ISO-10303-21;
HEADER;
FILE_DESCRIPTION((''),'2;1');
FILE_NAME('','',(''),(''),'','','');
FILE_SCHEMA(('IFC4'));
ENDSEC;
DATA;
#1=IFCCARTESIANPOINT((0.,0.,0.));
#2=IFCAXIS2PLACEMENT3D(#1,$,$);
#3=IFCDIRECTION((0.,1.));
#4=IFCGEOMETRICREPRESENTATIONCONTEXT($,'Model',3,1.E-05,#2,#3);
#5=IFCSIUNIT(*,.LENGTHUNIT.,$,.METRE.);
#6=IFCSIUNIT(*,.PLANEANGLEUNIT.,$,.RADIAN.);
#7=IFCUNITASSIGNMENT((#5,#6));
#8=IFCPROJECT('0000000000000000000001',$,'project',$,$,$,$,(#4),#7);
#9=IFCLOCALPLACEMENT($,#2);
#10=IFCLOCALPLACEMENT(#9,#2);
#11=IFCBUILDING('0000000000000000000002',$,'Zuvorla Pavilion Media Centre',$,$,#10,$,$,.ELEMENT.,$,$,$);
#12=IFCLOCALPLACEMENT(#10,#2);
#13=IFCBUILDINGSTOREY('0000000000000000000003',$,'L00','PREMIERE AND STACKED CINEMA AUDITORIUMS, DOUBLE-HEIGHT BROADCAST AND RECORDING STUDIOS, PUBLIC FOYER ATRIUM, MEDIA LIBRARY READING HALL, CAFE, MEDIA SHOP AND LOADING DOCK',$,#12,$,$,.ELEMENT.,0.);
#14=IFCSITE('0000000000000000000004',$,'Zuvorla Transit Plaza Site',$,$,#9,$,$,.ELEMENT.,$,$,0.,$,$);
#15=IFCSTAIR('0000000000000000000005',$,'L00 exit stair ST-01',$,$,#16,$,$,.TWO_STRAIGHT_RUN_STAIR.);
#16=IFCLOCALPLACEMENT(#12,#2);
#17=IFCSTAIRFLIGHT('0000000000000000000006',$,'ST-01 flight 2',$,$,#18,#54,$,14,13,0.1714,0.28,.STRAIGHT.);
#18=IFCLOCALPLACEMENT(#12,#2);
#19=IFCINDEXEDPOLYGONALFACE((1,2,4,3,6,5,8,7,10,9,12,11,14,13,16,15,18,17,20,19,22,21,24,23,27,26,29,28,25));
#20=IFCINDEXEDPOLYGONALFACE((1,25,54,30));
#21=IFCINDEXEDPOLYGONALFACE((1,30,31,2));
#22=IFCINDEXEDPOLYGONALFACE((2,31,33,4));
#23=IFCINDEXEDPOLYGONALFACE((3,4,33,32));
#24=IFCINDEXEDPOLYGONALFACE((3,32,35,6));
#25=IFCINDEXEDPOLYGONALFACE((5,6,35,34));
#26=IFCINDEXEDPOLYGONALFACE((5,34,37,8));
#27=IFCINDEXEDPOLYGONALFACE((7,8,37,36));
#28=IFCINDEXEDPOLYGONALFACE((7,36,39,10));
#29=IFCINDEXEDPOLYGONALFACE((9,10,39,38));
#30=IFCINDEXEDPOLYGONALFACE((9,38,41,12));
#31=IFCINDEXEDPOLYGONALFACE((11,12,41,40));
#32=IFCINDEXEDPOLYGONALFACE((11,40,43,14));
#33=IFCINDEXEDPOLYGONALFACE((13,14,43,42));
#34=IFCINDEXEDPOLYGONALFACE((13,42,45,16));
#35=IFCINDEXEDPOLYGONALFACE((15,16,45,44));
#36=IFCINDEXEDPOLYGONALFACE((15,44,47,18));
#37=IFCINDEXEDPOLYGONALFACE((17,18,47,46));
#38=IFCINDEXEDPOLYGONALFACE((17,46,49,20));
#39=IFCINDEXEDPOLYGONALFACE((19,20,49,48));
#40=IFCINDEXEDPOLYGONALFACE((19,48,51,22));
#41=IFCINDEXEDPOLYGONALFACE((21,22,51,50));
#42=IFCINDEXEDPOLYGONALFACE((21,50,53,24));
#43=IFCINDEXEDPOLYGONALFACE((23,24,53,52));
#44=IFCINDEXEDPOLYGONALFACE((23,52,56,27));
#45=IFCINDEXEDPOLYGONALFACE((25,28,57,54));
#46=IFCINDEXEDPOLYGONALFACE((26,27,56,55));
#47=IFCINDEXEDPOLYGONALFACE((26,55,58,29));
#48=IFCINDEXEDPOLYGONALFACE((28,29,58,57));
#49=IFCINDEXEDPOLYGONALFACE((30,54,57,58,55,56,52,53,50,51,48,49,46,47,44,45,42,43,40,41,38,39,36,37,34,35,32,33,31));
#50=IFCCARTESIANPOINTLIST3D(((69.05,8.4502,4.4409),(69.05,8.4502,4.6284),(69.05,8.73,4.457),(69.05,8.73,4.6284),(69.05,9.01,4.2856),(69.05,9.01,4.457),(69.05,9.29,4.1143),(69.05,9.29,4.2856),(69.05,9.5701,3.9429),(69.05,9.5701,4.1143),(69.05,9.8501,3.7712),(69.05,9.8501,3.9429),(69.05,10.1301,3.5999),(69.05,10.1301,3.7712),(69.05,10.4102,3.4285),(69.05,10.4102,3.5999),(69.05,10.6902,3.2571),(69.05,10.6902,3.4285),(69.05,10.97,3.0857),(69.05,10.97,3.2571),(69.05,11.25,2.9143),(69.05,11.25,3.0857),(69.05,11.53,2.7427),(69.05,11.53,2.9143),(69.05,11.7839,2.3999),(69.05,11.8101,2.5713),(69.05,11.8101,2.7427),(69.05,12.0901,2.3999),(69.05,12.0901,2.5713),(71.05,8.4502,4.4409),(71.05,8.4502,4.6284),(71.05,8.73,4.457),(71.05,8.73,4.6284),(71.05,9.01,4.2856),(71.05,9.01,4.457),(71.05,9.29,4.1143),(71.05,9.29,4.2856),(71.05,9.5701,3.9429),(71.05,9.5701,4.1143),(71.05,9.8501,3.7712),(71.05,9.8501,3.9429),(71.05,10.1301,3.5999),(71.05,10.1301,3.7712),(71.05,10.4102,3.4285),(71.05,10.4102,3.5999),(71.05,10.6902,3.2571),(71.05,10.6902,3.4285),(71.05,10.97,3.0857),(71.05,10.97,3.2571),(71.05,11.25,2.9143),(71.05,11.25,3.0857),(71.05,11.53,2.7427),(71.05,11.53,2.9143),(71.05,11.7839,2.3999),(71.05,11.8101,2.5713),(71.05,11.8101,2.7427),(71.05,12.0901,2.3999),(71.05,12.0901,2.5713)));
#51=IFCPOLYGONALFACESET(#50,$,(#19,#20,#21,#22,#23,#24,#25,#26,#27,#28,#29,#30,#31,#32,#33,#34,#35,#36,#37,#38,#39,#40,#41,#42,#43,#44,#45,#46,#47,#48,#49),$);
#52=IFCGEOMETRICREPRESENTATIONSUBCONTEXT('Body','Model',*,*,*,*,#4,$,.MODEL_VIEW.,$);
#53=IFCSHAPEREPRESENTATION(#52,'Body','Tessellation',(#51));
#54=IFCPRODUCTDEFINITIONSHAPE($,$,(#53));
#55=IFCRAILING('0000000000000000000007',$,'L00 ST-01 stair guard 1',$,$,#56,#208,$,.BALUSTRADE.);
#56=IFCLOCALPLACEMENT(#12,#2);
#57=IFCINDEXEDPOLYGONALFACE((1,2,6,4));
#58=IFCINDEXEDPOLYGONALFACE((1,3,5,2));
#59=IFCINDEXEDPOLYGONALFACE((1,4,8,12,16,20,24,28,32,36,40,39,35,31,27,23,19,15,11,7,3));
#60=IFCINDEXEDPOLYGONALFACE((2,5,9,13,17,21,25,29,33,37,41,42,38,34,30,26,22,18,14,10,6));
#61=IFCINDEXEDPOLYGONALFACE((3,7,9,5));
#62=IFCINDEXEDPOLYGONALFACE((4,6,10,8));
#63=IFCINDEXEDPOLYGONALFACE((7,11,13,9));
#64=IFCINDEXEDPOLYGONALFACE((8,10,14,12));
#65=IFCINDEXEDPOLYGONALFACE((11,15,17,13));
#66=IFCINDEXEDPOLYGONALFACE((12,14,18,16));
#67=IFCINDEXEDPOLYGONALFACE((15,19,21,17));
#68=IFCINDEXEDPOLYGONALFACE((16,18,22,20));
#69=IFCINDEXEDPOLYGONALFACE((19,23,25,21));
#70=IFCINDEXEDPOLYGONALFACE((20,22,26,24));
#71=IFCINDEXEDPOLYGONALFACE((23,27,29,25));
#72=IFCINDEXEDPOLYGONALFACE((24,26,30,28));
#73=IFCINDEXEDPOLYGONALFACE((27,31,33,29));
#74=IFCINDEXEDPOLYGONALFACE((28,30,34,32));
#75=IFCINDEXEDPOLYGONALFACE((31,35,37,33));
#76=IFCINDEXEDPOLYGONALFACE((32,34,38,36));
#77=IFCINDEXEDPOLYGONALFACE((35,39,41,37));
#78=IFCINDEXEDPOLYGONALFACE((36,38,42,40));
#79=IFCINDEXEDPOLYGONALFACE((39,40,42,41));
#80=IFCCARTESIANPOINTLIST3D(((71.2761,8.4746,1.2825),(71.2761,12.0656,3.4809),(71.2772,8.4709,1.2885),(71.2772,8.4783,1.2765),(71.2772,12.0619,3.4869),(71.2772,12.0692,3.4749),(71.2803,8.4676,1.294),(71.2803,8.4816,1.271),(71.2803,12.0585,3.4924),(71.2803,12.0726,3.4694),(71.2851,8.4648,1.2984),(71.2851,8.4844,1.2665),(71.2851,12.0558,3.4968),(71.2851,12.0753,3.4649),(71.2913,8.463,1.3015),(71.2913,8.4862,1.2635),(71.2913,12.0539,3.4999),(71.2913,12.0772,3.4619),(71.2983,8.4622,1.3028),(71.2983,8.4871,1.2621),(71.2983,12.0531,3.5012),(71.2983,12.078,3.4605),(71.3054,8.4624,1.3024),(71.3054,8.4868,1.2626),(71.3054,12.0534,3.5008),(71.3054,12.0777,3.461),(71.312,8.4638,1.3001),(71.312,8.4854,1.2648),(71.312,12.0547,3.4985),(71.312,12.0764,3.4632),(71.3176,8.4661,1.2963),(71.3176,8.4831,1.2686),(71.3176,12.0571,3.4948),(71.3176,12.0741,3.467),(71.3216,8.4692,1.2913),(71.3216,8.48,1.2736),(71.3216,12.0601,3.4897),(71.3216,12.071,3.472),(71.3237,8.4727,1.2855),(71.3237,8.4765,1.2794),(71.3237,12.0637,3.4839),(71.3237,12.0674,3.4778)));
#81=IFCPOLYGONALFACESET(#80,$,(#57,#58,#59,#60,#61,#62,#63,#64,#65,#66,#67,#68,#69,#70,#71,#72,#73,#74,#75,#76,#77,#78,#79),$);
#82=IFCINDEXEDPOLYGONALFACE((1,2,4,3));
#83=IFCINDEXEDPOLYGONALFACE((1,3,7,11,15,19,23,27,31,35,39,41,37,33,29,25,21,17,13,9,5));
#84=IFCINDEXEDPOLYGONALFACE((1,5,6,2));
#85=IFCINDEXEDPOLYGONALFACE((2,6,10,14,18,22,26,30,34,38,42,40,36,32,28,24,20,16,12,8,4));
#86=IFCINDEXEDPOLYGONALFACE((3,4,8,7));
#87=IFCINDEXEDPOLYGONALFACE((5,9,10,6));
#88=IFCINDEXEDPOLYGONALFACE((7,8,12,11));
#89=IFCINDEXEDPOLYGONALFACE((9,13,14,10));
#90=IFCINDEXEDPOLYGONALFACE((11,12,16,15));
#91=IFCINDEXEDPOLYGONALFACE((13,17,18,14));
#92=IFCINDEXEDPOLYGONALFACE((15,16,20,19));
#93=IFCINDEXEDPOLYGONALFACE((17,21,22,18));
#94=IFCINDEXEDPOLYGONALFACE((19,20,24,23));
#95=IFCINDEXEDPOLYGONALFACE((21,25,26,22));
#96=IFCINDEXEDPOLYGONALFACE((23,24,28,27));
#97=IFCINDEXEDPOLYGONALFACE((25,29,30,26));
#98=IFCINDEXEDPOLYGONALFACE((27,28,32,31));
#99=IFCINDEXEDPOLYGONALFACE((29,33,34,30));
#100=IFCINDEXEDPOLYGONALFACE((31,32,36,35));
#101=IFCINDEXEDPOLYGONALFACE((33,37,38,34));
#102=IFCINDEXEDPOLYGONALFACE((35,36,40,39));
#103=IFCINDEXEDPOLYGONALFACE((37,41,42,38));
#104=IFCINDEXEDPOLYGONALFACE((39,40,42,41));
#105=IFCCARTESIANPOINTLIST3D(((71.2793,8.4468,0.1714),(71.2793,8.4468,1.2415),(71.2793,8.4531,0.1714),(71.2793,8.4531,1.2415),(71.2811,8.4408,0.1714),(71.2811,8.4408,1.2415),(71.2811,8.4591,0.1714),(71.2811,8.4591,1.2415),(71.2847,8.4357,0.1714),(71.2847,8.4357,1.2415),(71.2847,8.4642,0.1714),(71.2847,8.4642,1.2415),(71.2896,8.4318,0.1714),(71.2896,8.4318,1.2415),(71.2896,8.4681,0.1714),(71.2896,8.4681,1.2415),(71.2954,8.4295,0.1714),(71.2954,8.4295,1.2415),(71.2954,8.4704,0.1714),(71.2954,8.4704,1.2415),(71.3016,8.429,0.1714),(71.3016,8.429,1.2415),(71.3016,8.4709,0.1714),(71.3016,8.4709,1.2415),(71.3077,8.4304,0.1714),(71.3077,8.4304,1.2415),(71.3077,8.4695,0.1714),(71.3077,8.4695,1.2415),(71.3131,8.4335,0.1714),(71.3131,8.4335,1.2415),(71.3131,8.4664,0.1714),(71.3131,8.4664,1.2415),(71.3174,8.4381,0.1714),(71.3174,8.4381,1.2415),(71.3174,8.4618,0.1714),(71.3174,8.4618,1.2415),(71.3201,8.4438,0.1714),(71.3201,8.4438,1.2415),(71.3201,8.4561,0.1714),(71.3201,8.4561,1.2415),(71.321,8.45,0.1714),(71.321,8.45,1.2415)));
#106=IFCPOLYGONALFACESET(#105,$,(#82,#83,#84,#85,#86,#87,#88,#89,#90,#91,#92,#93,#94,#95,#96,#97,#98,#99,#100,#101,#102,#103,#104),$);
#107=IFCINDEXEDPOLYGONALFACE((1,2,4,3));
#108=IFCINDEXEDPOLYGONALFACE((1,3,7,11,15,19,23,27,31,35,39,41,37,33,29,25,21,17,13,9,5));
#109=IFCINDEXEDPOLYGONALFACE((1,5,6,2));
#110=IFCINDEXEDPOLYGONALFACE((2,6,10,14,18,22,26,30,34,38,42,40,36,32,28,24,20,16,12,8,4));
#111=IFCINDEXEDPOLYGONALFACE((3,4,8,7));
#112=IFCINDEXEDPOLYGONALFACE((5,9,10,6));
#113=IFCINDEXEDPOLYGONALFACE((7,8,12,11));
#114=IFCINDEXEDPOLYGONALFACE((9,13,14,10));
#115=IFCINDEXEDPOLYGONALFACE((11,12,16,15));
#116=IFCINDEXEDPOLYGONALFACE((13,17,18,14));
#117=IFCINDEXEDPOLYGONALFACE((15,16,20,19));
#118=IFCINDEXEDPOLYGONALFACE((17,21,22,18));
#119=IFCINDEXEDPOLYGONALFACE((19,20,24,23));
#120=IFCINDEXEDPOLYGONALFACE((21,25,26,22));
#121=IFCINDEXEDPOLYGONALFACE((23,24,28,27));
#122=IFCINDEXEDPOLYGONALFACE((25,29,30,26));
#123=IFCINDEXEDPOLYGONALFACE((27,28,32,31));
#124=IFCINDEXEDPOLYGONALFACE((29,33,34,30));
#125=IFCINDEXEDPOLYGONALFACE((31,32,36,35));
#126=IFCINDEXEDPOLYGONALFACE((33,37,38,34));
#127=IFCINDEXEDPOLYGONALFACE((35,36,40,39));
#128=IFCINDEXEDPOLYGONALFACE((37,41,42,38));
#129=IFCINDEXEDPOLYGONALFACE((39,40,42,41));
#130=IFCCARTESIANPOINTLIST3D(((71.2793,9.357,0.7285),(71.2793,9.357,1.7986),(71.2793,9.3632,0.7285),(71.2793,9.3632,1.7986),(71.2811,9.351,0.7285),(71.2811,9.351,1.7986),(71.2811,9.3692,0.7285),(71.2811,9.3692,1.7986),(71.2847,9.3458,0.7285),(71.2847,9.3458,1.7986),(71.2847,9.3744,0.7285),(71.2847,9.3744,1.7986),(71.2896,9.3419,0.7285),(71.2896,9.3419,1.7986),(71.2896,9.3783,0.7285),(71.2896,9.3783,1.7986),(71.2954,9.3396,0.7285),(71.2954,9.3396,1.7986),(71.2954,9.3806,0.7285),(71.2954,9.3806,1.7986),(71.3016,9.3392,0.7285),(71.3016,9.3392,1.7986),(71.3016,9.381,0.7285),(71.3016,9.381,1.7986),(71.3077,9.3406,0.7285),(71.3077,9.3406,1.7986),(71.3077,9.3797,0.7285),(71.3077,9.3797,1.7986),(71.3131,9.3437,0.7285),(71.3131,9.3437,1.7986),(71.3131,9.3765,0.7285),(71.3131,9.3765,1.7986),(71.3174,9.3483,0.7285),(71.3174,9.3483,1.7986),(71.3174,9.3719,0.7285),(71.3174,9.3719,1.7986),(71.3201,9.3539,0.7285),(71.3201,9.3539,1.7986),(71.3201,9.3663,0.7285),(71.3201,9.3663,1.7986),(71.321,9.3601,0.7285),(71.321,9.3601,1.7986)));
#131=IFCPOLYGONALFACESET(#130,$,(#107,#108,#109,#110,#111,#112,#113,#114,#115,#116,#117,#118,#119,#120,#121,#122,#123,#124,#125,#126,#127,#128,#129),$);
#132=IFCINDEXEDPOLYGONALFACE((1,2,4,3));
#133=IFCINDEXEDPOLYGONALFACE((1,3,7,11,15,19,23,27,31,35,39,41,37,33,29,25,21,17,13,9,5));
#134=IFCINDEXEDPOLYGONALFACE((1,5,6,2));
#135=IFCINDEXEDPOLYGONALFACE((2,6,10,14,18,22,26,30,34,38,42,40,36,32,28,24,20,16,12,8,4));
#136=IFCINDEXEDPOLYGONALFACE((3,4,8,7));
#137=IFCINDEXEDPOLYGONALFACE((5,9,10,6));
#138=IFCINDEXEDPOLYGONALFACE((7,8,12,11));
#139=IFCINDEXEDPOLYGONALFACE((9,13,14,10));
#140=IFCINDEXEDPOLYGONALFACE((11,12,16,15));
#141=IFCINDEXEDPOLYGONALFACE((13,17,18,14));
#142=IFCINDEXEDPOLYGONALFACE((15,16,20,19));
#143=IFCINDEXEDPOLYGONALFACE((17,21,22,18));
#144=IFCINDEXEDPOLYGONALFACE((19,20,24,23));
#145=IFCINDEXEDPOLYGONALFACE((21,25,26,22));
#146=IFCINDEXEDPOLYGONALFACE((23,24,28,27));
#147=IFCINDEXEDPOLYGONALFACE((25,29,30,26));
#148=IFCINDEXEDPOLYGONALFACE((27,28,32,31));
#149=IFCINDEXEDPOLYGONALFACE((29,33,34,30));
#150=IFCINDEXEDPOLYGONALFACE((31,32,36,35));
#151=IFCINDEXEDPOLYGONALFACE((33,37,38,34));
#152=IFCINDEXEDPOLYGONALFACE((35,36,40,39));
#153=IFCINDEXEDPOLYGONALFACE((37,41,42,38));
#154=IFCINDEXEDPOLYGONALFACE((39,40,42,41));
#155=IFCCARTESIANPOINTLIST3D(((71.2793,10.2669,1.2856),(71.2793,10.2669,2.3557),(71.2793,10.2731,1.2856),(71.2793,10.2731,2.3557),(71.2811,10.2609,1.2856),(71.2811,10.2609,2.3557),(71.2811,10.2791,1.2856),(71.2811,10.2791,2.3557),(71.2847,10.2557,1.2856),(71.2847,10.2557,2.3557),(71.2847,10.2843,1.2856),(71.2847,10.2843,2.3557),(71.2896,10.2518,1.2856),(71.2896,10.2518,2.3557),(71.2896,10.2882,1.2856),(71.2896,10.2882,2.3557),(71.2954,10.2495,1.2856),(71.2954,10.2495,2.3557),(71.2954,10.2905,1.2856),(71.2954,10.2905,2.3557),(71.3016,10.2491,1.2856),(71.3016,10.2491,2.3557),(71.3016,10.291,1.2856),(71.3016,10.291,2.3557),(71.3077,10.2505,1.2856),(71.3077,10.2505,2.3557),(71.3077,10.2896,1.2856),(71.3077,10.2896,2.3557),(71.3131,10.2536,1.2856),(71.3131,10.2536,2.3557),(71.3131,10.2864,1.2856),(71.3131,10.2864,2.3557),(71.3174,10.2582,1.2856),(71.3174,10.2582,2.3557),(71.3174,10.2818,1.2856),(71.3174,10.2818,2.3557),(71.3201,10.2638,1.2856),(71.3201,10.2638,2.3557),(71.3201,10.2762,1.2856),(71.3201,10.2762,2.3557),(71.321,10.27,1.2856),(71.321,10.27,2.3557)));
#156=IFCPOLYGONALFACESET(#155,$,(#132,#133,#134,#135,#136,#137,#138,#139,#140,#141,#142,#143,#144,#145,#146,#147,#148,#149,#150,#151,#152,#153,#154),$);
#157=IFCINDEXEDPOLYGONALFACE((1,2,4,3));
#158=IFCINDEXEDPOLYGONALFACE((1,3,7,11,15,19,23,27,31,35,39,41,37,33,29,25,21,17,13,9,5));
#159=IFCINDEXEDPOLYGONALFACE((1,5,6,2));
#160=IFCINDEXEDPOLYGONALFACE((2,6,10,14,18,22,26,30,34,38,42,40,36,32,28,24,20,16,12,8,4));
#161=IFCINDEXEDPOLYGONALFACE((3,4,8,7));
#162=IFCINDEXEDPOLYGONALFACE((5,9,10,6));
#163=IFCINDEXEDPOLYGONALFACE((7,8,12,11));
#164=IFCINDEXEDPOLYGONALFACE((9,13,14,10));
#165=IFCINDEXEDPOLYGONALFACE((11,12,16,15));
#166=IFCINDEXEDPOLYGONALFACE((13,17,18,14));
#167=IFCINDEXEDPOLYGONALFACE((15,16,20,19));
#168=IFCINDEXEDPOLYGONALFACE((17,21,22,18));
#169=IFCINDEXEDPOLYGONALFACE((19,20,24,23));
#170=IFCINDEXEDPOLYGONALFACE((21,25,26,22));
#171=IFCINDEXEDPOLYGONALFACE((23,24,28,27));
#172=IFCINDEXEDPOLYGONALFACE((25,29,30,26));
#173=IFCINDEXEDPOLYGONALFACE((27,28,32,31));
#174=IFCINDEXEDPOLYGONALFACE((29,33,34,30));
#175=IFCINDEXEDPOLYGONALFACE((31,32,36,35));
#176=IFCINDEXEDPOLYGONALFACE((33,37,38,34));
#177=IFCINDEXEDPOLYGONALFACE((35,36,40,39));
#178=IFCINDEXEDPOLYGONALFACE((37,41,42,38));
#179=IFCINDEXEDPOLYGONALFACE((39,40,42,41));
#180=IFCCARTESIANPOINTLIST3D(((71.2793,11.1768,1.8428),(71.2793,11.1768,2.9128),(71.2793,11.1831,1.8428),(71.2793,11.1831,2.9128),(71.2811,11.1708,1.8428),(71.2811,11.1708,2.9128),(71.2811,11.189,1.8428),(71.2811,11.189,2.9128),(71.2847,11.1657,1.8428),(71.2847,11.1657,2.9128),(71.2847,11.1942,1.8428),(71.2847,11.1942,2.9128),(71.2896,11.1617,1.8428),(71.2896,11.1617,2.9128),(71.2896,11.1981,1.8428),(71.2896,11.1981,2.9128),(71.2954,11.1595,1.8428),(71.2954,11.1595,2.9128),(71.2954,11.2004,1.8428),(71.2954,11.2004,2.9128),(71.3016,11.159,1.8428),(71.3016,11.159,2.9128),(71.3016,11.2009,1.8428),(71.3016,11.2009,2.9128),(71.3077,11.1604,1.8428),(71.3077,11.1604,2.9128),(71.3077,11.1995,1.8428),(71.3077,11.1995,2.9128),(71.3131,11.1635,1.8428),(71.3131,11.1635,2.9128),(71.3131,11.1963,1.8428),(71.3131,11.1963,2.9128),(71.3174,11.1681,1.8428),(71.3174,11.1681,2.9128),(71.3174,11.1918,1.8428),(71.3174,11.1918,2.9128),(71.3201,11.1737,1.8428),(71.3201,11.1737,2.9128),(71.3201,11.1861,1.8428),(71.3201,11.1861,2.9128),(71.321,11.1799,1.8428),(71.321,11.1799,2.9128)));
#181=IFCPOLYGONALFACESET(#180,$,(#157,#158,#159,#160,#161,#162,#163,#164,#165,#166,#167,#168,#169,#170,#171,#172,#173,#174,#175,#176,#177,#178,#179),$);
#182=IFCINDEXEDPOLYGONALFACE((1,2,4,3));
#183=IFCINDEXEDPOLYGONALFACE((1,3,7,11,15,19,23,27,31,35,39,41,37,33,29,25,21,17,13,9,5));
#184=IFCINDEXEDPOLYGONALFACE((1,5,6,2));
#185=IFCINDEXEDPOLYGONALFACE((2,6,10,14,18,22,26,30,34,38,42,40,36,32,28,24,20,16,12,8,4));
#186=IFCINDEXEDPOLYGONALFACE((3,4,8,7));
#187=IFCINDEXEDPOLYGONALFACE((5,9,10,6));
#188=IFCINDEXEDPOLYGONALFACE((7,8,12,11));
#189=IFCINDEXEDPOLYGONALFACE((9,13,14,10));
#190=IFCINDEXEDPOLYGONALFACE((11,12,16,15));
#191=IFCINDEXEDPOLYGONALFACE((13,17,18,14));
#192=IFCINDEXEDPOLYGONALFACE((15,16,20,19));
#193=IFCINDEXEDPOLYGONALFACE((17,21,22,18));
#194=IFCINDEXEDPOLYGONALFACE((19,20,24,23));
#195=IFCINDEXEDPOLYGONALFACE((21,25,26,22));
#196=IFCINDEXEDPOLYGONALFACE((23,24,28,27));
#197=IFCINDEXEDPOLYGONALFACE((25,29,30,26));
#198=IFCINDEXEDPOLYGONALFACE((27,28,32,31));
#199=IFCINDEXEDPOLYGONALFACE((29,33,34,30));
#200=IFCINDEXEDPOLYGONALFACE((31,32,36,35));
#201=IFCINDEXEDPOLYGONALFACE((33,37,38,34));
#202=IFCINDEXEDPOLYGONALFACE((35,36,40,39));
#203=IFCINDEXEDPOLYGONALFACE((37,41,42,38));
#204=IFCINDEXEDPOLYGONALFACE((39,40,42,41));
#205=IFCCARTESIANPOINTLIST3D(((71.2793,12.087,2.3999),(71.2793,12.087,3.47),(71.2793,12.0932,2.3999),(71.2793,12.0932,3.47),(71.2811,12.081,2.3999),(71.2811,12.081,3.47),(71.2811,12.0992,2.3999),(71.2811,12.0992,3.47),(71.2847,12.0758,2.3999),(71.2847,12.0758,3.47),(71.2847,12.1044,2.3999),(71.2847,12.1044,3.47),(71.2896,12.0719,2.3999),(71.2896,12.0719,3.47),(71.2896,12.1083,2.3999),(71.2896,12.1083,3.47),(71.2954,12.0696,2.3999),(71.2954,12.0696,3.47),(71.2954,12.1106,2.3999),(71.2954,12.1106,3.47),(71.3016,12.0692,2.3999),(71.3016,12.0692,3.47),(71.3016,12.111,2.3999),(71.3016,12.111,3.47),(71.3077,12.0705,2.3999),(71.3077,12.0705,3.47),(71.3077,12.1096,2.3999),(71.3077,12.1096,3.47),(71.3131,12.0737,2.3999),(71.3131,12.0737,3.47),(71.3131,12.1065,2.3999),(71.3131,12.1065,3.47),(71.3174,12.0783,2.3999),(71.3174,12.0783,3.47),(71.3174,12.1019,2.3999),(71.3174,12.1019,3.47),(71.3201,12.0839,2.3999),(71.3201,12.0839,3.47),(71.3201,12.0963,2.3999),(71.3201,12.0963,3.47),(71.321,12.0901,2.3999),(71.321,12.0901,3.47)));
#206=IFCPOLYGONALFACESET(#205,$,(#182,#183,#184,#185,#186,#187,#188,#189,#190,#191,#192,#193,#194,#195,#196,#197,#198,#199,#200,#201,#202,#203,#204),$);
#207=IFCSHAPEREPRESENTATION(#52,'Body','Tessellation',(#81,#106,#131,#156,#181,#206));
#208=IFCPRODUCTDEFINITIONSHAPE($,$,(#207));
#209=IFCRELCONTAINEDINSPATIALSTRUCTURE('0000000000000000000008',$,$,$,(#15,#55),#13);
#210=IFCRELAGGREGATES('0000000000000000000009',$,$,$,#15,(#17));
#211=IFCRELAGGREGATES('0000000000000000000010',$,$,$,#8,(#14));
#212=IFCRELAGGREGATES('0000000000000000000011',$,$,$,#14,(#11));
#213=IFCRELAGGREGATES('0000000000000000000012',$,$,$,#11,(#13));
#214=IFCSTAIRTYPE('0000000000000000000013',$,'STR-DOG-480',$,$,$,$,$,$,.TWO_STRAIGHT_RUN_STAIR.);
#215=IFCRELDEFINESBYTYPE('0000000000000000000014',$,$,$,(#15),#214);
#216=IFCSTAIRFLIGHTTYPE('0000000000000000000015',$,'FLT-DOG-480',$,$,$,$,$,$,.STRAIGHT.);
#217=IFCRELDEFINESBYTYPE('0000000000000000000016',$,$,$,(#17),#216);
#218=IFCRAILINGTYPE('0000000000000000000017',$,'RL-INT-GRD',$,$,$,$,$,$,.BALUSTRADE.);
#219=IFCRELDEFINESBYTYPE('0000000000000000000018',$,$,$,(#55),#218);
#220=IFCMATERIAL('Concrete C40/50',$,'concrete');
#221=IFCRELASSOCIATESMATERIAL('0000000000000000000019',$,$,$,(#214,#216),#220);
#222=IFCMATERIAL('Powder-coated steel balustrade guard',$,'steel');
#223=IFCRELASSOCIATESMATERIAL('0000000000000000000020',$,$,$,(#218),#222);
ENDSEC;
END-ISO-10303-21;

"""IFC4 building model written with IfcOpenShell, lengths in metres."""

from ifc_helpers import new_model, si_unit, direction, frame, origin, origin_2d, place, context, subcontext, project, spatial, polyline, circle, outline, extrude, material, type_object, element, aggregate, save


model = new_model("IFC4")

# Units and contexts
model_context = context("Model", 3, precision=1e-05, world=origin(), true_north=direction((0.0, 1.0)))
body_context = subcontext(model_context, "Body", "Model", "MODEL_VIEW")
ifc_project = project(units=[si_unit("LENGTHUNIT", "METRE"), si_unit("PLANEANGLEUNIT", "RADIAN")], contexts=[model_context])

# Site, building, storey
site_placement = place(None, origin())
site = spatial("IfcSite", under=ifc_project, at=site_placement, Name="Zuvorla Transit Plaza Site", CompositionType="ELEMENT", RefElevation=0.0)
building_placement = place(site_placement, origin())
building = spatial("IfcBuilding", under=site, at=building_placement, Name="Zuvorla Pavilion Media Centre", CompositionType="ELEMENT")
storey_placement = place(building_placement, origin())
storey = spatial("IfcBuildingStorey", under=building, at=storey_placement, Name="L00", Description="PREMIERE AND STACKED CINEMA AUDITORIUMS, DOUBLE-HEIGHT BROADCAST AND RECORDING STUDIOS, PUBLIC FOYER ATRIUM, MEDIA LIBRARY READING HALL, CAFE, MEDIA SHOP AND LOADING DOCK", CompositionType="ELEMENT", Elevation=0.0)

# Shared definitions
ifc_material_1 = material(Name="Concrete C40/50", Category="concrete")

# Stair, stair flight
stair_type = type_object("IfcStairType", Name="STR-DOG-480", PredefinedType="TWO_STRAIGHT_RUN_STAIR", material=ifc_material_1)
stair_placement = place(storey_placement, origin())
stair = element("IfcStair", 1, at=stair_placement, inside=storey, type_object=stair_type, Name="L00 exit stair ST-01", PredefinedType="TWO_STRAIGHT_RUN_STAIR")
stair_flight_type = type_object("IfcStairFlightType", Name="FLT-DOG-480", PredefinedType="STRAIGHT", material=ifc_material_1)
stair_flight_1_placement = place(storey_placement, frame((70.05, 12.0901, 2.3999), z_axis=(0.0, 0.0, 1.0), x_axis=(0.0, -1.0, 0.0)))
stair_flight_1 = element("IfcStairFlight", 2, at=stair_flight_1_placement, type_object=stair_flight_type, Name="ST-01 flight 2", NumberOfRisers=14, NumberOfTreads=13, PredefinedType="STRAIGHT", RiserHeight=0.1714, TreadLength=0.28, context=body_context, shape_type="SweptSolid", body=[
    extrude(outline(polyline([(0.0, 0.0), (0.0, 0.1714), (0.28, 0.1714), (0.28, 0.3428), (0.5601, 0.3428), (0.5601, 0.5144), (0.8401, 0.5144), (0.8401, 0.6858), (1.1201, 0.6858), (1.1201, 0.8572), (1.3999, 0.8572), (1.3999, 1.0286), (1.6799, 1.0286), (1.6799, 1.2), (1.96, 1.2), (1.96, 1.3713), (2.24, 1.3713), (2.24, 1.543), (2.52, 1.543), (2.52, 1.7144), (2.8, 1.7144), (2.8, 1.8857), (3.0801, 1.8857), (3.0801, 2.0571), (3.3601, 2.0571), (3.3601, 2.2285), (3.6399, 2.2285), (3.6399, 2.3999), (3.6399, 2.041), (0.3062, 0.0), (0.0, 0.0)])), frame((0.0, 1.0, 0.0), z_axis=(0.0, -1.0, 0.0), x_axis=(1.0, 0.0, 0.0)), (0.0, 0.0, 1.0), 2.0),
])
aggregate(stair, [stair_flight_1])

# Railing
ifc_material_2 = material(Name="Powder-coated steel balustrade guard", Category="steel")
railing_type_1 = type_object("IfcRailingType", Name="RL-INT-GRD", PredefinedType="BALUSTRADE", material=ifc_material_2)
railing_1_placement = place(storey_placement, frame((71.3, 8.45, 0.1714)))
element("IfcRailing", 3, at=railing_1_placement, inside=storey, type_object=railing_type_1, Name="L00 ST-01 stair guard 1", PredefinedType="BALUSTRADE", context=body_context, shape_type="SweptSolid", body=[
    extrude(circle(Radius=0.0239, at=origin_2d()), frame((0.0, 0.0247, 1.1111), z_axis=(0.0, 0.852866, 0.52213), x_axis=(-1.0, 0.0, 0.0)), (0.0, 0.0, 1.0), 4.2104),
    extrude(circle(Radius=0.021, at=origin_2d()), origin(), (0.0, 0.0, 1.0), 1.0701),
    extrude(circle(Radius=0.021, at=origin_2d()), frame((0.0, 0.9102, 0.5571)), (0.0, 0.0, 1.0), 1.0701),
    extrude(circle(Radius=0.021, at=origin_2d()), frame((0.0, 1.8201, 1.1143)), (0.0, 0.0, 1.0), 1.0701),
    extrude(circle(Radius=0.021, at=origin_2d()), frame((0.0, 2.73, 1.6714)), (0.0, 0.0, 1.0), 1.0701),
    extrude(circle(Radius=0.021, at=origin_2d()), frame((0.0, 3.6401, 2.2285)), (0.0, 0.0, 1.0), 1.0701),
])

save(model, "model.ifc")
